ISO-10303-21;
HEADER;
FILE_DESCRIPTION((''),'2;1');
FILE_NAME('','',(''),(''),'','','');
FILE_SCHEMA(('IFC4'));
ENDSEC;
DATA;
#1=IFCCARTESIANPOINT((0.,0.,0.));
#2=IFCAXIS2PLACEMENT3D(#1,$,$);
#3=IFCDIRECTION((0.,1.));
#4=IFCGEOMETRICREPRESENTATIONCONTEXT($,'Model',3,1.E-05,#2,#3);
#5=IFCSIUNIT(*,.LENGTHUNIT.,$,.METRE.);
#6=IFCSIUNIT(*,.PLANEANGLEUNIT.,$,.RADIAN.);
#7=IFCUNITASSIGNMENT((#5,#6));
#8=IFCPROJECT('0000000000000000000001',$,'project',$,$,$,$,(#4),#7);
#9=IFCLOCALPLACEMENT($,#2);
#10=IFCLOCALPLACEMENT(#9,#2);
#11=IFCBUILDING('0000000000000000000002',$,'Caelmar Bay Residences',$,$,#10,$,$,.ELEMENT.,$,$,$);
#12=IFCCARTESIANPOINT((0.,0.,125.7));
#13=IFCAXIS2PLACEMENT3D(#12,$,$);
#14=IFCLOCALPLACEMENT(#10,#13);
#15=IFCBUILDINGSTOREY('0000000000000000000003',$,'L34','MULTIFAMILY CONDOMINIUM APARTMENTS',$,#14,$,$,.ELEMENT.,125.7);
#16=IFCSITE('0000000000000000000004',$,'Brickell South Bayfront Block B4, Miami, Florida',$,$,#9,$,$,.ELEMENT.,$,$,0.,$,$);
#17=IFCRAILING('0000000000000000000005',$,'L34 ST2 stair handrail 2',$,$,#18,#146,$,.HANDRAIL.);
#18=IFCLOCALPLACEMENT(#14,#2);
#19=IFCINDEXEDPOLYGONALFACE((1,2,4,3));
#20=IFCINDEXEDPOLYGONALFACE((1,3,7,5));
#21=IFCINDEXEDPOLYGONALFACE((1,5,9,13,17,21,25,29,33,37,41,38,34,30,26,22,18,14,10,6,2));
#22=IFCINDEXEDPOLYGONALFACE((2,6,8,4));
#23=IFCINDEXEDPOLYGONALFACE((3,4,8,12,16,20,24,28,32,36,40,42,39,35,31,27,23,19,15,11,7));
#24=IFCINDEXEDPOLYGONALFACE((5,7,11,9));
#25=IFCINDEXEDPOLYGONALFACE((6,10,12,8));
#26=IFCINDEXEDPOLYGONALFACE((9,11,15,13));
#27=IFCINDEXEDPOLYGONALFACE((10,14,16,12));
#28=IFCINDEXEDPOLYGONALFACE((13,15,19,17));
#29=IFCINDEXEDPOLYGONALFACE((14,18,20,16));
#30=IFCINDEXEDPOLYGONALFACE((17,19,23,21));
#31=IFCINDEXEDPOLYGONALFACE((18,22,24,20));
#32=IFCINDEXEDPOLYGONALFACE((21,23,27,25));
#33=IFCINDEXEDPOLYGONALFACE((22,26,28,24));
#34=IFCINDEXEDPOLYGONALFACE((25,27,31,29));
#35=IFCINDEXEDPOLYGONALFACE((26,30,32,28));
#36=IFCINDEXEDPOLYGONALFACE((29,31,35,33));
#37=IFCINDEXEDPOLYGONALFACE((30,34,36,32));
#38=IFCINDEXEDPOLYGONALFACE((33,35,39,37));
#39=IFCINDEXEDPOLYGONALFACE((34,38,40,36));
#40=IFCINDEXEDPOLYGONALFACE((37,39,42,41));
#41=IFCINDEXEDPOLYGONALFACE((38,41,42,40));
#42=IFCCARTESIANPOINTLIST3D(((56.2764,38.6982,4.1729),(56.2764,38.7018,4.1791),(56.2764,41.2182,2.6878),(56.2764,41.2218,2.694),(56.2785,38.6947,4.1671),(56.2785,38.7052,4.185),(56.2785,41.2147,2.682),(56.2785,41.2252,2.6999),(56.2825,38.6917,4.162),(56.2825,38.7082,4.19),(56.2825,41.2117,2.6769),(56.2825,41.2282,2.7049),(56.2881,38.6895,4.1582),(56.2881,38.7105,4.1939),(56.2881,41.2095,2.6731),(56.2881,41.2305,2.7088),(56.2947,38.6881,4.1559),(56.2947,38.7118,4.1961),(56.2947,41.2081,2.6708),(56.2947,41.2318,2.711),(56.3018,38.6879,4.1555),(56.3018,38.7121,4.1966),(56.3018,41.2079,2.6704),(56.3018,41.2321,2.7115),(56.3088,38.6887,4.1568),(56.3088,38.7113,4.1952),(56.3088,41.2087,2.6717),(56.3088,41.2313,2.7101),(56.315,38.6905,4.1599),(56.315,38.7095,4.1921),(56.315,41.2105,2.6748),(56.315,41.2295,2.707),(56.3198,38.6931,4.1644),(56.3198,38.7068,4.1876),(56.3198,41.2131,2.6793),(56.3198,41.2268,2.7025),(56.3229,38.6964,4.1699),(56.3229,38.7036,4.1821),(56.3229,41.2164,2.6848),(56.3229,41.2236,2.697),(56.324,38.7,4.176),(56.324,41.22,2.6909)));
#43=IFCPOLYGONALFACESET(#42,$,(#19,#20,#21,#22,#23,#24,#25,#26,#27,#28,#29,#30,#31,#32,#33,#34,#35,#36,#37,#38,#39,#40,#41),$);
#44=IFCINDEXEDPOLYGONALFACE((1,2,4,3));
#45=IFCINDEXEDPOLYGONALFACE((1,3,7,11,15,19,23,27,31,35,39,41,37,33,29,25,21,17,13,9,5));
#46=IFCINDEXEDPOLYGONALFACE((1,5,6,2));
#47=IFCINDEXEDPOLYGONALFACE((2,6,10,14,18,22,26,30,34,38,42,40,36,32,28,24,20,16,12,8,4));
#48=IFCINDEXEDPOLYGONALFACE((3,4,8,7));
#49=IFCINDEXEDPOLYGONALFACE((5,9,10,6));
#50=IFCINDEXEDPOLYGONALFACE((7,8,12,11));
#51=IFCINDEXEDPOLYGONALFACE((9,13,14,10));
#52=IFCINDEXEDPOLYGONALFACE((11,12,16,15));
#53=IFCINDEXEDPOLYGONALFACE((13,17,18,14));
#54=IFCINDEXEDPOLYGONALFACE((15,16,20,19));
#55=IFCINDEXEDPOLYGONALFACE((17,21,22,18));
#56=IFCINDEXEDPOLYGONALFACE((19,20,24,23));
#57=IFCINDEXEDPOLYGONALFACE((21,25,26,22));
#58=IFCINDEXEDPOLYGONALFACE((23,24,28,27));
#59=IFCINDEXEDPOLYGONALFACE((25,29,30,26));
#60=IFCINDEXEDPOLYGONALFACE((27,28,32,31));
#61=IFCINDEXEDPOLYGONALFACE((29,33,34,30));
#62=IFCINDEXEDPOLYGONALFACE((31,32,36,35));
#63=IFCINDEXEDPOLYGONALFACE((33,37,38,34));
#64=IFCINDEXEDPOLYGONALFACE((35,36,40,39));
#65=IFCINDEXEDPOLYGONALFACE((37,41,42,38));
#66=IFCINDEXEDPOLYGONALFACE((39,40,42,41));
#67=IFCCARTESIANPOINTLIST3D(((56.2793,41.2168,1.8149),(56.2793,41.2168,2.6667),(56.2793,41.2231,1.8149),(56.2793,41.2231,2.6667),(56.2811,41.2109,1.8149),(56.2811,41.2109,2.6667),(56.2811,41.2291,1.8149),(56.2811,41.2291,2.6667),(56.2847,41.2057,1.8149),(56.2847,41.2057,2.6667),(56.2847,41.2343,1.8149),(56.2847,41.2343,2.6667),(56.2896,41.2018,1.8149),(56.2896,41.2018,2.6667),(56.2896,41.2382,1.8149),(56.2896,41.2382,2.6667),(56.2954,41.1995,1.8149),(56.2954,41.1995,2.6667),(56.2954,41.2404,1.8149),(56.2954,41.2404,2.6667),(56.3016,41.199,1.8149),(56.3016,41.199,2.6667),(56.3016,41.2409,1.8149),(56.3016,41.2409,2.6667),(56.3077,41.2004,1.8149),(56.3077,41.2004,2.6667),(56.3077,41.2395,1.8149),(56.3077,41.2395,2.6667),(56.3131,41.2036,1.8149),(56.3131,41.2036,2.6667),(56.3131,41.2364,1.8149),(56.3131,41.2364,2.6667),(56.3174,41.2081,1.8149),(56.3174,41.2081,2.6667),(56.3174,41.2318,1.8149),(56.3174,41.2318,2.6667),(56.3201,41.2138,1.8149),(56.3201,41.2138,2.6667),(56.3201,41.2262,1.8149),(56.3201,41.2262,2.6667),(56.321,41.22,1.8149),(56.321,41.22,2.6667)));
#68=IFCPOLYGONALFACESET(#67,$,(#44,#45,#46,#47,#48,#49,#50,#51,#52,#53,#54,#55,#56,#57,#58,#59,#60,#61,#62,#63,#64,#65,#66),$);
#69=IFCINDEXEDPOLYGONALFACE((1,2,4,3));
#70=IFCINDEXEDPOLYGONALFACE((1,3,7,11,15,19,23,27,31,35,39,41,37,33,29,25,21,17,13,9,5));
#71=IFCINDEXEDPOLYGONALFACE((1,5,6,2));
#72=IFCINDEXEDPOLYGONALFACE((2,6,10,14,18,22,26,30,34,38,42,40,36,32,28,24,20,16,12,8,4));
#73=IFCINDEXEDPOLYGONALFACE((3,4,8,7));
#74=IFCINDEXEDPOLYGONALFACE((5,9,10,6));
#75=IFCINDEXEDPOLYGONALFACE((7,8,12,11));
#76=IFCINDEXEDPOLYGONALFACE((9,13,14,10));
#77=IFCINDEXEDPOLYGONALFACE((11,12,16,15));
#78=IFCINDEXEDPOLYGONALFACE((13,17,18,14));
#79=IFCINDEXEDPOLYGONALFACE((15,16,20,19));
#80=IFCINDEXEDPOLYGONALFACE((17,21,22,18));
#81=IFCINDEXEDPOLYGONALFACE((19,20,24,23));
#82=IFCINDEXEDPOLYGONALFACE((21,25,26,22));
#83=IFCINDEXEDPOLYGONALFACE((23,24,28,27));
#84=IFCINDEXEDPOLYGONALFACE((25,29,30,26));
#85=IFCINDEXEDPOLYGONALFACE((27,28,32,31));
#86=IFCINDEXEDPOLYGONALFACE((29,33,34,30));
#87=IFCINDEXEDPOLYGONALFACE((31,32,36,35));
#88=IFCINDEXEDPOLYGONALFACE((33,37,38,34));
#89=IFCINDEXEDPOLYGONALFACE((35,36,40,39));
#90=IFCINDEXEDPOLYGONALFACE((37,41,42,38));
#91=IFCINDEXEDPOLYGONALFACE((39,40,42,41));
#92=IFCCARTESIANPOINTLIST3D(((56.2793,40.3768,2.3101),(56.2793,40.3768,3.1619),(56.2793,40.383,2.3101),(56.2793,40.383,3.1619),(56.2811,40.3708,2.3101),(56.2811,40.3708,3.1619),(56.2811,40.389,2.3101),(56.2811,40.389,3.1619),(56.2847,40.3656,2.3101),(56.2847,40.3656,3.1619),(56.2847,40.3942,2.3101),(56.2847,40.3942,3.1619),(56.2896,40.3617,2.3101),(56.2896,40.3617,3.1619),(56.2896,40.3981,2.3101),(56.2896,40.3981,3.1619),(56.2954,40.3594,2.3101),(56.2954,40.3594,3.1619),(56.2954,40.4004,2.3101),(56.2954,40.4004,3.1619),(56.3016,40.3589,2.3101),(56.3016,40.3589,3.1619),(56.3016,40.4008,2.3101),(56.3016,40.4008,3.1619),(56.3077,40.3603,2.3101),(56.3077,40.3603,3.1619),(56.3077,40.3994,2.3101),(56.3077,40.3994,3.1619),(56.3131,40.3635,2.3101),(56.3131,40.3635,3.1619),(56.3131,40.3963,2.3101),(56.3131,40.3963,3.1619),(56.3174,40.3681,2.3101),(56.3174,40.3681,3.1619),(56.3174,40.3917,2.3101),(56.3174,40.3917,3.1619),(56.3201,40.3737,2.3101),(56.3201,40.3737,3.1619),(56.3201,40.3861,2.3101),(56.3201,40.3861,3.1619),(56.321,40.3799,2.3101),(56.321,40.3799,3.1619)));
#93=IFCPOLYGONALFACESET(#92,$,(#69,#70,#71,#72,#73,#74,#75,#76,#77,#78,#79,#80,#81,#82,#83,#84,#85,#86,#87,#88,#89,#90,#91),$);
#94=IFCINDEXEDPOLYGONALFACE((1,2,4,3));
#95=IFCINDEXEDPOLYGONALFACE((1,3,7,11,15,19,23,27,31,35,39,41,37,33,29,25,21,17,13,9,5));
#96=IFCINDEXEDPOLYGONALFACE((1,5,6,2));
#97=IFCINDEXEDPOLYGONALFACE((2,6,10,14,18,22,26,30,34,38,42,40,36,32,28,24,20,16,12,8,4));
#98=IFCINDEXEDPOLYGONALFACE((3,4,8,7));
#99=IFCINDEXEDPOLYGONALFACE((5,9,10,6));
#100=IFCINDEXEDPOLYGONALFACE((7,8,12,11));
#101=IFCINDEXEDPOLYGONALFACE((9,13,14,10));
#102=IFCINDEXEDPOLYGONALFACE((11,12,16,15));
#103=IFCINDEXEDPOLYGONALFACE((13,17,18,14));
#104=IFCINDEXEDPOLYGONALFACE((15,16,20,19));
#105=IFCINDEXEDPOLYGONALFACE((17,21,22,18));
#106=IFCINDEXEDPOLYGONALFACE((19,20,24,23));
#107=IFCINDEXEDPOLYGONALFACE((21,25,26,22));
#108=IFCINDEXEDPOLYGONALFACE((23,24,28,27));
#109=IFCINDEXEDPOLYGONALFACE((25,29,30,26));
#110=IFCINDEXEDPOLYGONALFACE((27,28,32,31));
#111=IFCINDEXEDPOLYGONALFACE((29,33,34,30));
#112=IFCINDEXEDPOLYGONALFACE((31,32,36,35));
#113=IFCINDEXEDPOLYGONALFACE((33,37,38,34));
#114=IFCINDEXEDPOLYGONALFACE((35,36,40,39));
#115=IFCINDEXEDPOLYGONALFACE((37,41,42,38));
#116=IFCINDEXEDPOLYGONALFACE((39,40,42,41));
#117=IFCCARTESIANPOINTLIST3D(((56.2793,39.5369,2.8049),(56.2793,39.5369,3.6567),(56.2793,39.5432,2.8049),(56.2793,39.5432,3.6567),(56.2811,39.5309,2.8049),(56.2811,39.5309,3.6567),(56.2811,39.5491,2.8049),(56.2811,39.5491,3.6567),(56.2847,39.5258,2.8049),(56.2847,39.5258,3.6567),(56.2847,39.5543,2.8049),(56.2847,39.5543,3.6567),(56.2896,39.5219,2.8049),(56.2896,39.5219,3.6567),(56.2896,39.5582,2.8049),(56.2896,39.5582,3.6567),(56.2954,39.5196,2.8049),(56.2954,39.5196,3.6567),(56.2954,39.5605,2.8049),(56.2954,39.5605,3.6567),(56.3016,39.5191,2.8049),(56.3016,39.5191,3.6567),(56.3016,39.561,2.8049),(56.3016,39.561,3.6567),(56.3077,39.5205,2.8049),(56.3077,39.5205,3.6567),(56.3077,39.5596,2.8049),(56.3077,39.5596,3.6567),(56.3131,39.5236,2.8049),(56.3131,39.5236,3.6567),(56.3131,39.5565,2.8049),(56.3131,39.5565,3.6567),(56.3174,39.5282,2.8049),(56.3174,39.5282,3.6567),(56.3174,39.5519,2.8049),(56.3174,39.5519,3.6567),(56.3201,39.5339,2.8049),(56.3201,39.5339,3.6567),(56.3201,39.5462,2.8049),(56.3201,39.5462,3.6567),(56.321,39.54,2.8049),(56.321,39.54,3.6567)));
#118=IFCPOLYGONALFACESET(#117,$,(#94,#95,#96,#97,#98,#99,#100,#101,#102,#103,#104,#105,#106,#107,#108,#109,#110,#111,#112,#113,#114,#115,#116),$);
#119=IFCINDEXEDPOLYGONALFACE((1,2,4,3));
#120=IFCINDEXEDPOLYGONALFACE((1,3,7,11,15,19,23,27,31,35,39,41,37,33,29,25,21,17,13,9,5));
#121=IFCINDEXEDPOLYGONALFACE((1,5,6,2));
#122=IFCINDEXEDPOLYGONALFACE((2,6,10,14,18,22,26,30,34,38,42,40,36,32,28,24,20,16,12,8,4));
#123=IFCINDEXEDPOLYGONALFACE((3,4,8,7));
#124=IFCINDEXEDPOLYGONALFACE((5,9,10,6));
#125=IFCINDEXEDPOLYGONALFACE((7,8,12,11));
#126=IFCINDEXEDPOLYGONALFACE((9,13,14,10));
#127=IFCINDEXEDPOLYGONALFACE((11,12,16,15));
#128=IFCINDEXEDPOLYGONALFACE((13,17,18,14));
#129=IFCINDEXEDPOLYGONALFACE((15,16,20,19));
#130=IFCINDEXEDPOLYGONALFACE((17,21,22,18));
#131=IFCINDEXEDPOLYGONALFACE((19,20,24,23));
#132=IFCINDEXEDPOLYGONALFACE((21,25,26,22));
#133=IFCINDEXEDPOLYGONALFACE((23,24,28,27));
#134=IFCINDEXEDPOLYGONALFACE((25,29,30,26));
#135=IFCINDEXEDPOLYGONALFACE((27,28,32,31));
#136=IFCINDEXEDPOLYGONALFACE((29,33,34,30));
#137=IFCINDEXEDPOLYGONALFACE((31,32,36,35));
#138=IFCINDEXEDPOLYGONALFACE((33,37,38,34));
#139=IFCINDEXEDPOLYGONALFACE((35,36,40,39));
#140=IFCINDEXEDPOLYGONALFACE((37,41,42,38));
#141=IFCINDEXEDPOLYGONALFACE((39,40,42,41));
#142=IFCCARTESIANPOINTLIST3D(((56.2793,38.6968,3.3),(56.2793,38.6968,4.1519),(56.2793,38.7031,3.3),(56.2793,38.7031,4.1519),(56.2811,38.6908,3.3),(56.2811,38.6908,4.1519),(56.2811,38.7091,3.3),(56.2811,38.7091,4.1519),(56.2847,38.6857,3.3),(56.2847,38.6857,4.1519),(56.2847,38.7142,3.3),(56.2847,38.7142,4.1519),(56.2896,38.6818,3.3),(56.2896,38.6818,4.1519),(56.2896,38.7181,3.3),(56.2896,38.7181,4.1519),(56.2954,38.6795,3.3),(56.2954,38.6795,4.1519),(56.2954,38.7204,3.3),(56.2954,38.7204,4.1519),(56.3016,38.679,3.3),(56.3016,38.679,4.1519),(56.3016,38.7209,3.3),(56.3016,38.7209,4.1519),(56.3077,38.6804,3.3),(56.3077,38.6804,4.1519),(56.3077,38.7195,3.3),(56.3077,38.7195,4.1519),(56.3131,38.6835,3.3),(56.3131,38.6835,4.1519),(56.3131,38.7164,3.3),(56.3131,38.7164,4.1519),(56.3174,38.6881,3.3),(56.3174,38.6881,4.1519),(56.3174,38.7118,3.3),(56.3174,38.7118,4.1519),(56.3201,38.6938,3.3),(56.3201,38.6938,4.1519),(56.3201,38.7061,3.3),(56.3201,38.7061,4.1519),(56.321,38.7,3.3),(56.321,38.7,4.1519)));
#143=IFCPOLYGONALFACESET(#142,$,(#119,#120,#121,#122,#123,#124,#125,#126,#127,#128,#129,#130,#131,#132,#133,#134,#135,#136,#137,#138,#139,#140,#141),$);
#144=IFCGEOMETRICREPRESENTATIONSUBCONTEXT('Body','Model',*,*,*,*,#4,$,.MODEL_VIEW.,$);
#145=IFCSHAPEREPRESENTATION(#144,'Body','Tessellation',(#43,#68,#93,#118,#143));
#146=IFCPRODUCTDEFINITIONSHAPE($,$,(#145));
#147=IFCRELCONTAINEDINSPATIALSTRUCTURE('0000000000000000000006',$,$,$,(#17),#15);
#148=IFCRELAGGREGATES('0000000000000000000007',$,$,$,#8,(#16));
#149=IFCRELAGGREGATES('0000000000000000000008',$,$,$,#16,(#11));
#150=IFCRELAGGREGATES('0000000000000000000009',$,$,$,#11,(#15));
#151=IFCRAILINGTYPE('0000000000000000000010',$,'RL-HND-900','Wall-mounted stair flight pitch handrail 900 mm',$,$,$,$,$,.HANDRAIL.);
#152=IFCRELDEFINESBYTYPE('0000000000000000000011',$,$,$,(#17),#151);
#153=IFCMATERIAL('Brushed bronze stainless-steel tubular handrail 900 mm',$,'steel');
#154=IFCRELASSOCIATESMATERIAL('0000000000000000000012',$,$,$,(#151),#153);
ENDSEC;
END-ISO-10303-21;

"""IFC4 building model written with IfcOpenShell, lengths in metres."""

from ifc_helpers import new_model, si_unit, direction, frame, origin, origin_2d, place, context, subcontext, project, spatial, circle, extrude, material, type_object, element, save


model = new_model("IFC4")

# Units and contexts
model_context = context("Model", 3, precision=1e-05, world=origin(), true_north=direction((0.0, 1.0)))
body_context = subcontext(model_context, "Body", "Model", "MODEL_VIEW")
ifc_project = project(units=[si_unit("LENGTHUNIT", "METRE"), si_unit("PLANEANGLEUNIT", "RADIAN")], contexts=[model_context])

# Site, building, storey
site_placement = place(None, origin())
site = spatial("IfcSite", under=ifc_project, at=site_placement, Name="Brickell South Bayfront Block B4, Miami, Florida", CompositionType="ELEMENT", RefElevation=0.0)
building_placement = place(site_placement, origin())
building = spatial("IfcBuilding", under=site, at=building_placement, Name="Caelmar Bay Residences", CompositionType="ELEMENT")
storey_placement = place(building_placement, frame((0.0, 0.0, 125.7)))
storey = spatial("IfcBuildingStorey", under=building, at=storey_placement, Name="L34", Description="MULTIFAMILY CONDOMINIUM APARTMENTS", CompositionType="ELEMENT", Elevation=125.7)

# Railing
ifc_material_1 = material(Name="Brushed bronze stainless-steel tubular handrail 900 mm", Category="steel")
railing_type_1 = type_object("IfcRailingType", Name="RL-HND-900", Description="Wall-mounted stair flight pitch handrail 900 mm", PredefinedType="HANDRAIL", material=ifc_material_1)
railing_1_placement = place(storey_placement, frame((56.3, 41.22, 1.8149)))
element("IfcRailing", 1, at=railing_1_placement, inside=storey, type_object=railing_type_1, Name="L34 ST2 stair handrail 2", PredefinedType="HANDRAIL", context=body_context, shape_type="SweptSolid", body=[
    extrude(circle(Radius=0.0239, at=origin_2d()), frame((0.0, 0.0, 0.876), z_axis=(0.0, -0.861524, 0.507717), x_axis=(1.0, 0.0, 0.0)), (0.0, 0.0, 1.0), 2.925),
    extrude(circle(Radius=0.021, at=origin_2d()), origin(), (0.0, 0.0, 1.0), 0.8518),
    extrude(circle(Radius=0.021, at=origin_2d()), frame((0.0, -0.8401, 0.4951)), (0.0, 0.0, 1.0), 0.8518),
    extrude(circle(Radius=0.021, at=origin_2d()), frame((0.0, -1.6799, 0.99)), (0.0, 0.0, 1.0), 0.8518),
    extrude(circle(Radius=0.021, at=origin_2d()), frame((0.0, -2.52, 1.4851)), (0.0, 0.0, 1.0), 0.8518),
])

save(model, "model.ifc")
